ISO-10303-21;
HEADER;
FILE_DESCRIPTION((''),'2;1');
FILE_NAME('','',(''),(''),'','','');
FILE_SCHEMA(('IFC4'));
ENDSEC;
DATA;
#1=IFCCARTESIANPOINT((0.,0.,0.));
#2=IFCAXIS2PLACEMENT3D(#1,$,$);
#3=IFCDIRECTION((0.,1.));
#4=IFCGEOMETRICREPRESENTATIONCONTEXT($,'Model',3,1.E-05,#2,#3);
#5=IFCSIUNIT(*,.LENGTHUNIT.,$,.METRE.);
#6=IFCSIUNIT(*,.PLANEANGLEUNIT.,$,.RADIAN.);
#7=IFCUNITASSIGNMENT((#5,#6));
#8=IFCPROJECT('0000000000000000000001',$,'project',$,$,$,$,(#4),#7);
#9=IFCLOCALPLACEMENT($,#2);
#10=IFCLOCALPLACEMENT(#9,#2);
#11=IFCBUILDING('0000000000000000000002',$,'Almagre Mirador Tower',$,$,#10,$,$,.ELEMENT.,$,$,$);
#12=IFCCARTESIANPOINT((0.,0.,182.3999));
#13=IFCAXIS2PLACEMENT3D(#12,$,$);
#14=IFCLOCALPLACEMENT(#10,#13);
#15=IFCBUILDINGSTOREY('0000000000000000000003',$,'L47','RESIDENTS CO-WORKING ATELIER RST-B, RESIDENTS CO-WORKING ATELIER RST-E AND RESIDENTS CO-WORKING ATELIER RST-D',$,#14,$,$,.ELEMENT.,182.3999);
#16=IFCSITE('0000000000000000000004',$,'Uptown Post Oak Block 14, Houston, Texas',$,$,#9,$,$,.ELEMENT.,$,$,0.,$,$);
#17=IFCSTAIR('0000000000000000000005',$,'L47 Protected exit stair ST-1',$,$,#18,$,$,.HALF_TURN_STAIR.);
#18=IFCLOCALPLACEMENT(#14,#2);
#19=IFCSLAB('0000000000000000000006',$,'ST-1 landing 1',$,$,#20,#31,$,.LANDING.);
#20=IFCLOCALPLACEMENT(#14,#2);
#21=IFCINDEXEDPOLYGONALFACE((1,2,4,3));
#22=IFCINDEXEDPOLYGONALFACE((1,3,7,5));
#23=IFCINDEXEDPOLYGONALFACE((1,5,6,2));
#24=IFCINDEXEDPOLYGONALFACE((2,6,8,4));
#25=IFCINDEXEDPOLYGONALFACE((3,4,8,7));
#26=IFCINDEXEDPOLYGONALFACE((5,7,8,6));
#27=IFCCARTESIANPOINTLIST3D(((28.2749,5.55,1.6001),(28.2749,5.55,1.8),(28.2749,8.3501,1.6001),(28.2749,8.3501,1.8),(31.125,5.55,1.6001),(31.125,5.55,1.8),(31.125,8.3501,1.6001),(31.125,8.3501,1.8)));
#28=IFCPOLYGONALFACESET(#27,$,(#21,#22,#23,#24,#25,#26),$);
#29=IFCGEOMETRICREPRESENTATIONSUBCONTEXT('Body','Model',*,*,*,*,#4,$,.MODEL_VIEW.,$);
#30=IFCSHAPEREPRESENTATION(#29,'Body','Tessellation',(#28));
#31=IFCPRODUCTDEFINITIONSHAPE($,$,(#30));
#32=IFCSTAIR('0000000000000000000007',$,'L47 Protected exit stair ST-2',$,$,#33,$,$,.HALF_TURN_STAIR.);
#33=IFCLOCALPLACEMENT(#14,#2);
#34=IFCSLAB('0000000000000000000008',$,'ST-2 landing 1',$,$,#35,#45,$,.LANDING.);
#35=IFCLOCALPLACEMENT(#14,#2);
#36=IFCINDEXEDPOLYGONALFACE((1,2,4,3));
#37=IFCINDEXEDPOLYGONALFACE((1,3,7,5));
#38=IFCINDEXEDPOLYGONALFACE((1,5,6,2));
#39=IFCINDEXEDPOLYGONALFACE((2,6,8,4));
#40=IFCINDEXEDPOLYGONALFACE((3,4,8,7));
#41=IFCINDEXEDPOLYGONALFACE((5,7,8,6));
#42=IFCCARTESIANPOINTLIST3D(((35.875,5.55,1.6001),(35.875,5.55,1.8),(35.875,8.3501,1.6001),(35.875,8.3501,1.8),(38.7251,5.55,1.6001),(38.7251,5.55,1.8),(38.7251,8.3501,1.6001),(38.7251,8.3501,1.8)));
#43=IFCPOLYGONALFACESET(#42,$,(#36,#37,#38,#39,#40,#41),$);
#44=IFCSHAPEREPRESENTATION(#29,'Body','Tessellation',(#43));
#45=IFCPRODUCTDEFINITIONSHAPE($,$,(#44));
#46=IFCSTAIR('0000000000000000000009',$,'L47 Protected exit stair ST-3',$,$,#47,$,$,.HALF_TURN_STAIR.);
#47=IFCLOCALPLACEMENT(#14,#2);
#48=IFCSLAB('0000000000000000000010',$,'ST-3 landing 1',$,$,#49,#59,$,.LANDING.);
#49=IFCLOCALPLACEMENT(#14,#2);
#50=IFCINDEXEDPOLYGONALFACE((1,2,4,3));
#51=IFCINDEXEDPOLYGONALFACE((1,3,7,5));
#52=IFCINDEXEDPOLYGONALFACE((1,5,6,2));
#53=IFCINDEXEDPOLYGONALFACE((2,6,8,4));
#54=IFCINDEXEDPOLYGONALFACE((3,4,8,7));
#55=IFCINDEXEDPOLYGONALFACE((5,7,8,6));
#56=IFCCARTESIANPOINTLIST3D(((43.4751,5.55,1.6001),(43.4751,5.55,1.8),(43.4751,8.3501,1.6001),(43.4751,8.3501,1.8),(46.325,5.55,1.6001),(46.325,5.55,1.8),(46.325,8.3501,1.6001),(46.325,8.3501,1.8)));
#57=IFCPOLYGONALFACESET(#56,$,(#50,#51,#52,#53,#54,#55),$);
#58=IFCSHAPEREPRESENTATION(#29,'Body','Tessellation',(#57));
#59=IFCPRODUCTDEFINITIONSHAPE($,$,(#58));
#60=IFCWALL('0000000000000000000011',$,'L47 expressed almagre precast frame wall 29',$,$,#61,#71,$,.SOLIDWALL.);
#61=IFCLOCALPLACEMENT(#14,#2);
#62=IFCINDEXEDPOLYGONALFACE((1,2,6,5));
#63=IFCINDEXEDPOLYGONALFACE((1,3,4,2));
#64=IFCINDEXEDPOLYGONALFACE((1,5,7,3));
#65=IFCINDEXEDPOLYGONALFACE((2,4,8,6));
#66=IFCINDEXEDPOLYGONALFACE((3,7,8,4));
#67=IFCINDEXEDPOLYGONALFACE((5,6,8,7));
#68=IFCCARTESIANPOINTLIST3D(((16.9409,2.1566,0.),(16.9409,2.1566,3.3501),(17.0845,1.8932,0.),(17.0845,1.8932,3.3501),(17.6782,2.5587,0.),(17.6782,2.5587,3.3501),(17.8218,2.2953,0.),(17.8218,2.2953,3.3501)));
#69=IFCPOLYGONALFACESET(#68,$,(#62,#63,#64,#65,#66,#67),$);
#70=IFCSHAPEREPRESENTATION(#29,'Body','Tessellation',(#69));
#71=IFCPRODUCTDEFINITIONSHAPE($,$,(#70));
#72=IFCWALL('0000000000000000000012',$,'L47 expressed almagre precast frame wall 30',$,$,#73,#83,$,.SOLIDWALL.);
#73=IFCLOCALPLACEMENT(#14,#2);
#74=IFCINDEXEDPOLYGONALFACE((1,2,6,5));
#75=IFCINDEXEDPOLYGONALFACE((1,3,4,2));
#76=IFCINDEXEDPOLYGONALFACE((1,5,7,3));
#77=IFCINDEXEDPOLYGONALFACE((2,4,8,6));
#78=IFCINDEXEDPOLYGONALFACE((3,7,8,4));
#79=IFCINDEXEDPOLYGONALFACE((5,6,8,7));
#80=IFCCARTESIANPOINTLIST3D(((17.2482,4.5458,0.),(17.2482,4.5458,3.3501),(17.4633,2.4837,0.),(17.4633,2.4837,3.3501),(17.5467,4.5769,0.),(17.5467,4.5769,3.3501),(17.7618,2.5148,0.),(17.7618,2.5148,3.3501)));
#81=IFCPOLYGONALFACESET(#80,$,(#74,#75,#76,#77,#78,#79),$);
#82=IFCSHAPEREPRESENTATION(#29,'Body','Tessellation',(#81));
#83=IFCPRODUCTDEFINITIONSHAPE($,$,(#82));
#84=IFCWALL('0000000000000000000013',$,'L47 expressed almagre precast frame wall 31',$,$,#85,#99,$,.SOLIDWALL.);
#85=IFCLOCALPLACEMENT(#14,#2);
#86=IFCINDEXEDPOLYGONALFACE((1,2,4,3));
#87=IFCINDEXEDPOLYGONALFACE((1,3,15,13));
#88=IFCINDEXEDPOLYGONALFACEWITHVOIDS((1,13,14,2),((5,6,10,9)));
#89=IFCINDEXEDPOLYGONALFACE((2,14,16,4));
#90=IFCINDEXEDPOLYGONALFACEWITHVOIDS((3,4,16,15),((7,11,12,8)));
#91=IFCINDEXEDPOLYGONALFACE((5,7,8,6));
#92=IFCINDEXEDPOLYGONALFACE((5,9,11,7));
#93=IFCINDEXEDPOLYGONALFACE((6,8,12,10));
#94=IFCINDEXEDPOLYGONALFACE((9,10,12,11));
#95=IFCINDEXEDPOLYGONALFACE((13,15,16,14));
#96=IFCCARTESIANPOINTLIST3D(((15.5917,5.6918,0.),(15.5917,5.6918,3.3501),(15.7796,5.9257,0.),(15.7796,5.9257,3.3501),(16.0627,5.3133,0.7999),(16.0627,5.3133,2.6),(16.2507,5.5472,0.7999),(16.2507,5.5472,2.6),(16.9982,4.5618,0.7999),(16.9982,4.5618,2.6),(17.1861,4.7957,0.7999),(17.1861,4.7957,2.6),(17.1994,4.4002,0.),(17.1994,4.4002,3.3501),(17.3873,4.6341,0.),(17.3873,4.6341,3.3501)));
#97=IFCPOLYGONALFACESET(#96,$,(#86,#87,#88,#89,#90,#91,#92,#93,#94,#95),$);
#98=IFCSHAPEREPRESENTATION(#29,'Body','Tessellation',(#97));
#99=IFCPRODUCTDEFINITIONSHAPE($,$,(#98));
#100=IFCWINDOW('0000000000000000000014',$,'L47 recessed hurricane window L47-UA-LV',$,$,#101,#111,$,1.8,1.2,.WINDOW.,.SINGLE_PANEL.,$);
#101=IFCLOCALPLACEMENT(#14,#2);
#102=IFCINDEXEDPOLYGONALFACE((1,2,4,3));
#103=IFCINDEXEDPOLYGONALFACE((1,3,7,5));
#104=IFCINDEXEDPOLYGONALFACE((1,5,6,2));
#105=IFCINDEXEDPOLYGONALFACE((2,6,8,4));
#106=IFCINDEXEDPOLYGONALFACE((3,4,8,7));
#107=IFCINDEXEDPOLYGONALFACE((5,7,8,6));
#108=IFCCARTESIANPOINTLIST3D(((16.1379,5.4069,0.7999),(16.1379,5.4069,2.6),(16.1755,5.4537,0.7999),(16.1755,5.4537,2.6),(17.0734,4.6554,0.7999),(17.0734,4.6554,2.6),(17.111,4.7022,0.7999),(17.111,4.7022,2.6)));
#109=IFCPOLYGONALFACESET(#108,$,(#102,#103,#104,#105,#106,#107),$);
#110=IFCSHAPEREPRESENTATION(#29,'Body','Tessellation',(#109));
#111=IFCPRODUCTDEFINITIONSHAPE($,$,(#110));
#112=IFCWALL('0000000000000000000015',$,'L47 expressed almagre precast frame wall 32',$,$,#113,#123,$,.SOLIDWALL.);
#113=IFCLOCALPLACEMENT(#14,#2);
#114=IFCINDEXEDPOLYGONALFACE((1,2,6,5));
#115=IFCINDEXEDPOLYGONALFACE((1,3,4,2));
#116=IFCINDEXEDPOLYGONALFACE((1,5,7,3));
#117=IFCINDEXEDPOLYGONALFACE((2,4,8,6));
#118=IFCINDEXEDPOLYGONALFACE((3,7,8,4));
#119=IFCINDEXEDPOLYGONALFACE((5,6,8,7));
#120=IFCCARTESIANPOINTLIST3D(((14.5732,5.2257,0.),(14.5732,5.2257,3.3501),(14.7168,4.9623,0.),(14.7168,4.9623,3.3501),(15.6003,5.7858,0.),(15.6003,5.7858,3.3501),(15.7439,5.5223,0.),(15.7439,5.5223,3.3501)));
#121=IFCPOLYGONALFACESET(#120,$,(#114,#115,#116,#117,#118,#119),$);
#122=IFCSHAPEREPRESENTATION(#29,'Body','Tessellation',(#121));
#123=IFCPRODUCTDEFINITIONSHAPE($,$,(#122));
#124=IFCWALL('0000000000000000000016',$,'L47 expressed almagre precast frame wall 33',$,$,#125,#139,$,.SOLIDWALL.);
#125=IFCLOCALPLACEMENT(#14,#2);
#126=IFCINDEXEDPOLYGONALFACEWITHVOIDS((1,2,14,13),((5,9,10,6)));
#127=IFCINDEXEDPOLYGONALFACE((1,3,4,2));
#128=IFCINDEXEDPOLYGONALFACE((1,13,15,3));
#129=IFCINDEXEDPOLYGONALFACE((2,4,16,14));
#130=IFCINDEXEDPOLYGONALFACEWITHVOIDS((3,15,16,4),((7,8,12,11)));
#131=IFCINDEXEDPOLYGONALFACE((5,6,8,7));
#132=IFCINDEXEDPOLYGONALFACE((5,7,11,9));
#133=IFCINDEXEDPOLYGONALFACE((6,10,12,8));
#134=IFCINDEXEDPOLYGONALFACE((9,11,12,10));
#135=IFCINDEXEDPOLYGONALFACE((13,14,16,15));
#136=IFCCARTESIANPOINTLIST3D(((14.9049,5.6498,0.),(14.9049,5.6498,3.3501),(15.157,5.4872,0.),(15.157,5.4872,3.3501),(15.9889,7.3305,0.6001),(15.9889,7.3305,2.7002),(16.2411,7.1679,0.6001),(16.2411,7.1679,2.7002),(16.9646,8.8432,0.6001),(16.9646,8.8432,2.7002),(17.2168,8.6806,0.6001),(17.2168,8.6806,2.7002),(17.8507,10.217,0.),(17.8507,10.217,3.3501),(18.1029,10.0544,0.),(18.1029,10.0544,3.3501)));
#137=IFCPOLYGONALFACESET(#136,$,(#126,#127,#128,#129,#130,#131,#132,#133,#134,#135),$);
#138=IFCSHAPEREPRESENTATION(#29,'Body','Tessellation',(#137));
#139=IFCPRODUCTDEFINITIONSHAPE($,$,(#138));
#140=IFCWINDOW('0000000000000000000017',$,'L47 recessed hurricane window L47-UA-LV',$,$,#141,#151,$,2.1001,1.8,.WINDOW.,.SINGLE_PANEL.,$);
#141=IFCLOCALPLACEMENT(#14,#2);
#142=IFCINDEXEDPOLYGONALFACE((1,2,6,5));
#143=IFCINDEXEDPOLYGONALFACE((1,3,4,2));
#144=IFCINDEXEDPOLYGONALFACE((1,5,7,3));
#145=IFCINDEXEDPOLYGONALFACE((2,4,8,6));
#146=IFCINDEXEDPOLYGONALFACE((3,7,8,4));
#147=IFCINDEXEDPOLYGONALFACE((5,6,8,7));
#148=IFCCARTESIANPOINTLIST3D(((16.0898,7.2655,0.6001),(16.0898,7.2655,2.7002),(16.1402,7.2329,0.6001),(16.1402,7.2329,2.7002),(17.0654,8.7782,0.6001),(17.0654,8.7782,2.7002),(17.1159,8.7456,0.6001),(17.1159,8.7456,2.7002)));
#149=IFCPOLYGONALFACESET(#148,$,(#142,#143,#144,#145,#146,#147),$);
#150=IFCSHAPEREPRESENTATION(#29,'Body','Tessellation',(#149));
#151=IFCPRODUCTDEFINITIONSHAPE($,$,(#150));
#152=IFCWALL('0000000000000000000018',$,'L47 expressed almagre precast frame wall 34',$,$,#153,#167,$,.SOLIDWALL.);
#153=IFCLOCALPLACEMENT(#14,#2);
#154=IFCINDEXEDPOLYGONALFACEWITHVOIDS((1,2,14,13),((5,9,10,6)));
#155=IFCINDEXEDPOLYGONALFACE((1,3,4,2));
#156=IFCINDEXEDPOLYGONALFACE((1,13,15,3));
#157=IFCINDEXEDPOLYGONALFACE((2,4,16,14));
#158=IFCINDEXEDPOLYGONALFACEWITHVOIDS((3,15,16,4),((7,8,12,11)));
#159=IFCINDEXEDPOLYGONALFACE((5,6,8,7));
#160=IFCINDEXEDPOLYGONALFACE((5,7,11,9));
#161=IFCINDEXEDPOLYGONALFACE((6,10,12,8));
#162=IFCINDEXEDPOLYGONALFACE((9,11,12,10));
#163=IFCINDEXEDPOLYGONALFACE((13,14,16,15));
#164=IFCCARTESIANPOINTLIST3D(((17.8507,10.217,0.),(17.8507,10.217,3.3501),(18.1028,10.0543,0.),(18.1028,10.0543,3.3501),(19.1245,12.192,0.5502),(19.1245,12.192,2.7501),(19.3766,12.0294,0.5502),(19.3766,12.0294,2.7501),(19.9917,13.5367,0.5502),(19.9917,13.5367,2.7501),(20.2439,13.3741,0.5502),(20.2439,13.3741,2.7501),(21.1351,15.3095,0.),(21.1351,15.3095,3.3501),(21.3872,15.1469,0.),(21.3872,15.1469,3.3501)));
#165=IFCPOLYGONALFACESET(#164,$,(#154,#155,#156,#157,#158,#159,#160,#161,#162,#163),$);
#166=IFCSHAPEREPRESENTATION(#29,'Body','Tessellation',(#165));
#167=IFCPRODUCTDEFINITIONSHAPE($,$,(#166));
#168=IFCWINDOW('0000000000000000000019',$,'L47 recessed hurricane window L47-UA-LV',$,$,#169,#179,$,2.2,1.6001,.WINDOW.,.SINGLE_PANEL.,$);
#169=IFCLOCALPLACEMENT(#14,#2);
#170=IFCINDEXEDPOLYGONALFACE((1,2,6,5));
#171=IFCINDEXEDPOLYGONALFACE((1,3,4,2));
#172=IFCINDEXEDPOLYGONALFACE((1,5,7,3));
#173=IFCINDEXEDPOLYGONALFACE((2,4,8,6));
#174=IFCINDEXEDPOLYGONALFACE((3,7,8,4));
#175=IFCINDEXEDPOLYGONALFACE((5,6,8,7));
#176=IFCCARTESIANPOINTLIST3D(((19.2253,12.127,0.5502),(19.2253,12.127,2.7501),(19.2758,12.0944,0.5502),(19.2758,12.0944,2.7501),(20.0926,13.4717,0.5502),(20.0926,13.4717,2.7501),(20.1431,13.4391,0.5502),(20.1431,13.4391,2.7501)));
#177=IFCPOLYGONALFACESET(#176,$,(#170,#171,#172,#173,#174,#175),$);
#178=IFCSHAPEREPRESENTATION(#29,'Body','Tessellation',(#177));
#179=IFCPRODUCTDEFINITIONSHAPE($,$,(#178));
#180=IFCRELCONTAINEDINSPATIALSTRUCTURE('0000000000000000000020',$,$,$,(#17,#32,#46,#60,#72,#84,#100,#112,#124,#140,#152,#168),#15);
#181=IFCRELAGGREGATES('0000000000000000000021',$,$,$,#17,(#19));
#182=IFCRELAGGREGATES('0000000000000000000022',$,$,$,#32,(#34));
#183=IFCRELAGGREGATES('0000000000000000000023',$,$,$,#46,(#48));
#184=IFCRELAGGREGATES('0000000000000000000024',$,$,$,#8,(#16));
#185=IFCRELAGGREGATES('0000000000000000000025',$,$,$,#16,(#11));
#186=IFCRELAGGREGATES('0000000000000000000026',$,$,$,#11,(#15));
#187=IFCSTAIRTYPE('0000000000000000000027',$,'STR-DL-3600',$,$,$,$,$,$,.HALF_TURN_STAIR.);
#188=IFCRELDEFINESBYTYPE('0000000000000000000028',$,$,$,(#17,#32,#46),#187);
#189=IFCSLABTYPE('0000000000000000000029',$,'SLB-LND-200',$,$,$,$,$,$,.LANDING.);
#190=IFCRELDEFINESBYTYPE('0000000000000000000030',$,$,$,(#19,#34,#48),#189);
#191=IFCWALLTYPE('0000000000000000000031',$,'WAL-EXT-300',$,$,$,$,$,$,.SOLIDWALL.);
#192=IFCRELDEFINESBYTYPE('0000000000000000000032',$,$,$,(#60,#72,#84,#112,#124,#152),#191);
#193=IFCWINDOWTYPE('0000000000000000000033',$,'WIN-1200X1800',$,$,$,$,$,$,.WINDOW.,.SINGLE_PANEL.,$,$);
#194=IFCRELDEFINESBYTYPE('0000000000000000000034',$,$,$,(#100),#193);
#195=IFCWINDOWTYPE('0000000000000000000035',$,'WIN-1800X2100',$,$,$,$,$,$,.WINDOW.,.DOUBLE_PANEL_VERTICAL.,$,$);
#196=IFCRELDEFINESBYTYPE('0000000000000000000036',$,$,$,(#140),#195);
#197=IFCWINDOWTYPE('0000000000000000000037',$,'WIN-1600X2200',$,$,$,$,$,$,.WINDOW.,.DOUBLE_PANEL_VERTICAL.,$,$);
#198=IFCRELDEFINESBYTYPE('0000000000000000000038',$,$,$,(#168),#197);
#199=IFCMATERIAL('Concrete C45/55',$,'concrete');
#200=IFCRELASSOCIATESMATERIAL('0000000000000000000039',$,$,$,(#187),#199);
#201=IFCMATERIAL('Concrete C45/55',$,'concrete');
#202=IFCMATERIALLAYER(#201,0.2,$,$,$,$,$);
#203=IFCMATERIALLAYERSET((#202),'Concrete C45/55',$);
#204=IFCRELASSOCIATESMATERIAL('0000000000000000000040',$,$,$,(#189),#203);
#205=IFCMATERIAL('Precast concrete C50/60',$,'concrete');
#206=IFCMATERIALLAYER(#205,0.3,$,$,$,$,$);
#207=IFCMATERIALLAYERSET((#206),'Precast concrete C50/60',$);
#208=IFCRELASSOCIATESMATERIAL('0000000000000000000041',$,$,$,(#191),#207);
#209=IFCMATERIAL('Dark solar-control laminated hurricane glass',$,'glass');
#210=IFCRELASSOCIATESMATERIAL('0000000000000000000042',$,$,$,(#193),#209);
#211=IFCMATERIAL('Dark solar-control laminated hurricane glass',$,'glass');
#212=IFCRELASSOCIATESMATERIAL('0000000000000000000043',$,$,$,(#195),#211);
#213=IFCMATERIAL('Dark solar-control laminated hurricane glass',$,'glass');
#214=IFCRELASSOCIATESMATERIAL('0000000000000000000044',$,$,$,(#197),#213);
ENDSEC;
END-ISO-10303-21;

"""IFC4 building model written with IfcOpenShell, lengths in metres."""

from ifc_helpers import new_model, si_unit, direction, frame, frame_2d, origin, place, context, subcontext, project, spatial, polyline, rectangle, outline, extrude, material, layer, layer_set, type_object, element, fill, aggregate, save


model = new_model("IFC4")

# Units and contexts
model_context = context("Model", 3, precision=1e-05, world=origin(), true_north=direction((0.0, 1.0)))
body_context = subcontext(model_context, "Body", "Model", "MODEL_VIEW")
ifc_project = project(units=[si_unit("LENGTHUNIT", "METRE"), si_unit("PLANEANGLEUNIT", "RADIAN")], contexts=[model_context])

# Site, building, storey
site_placement = place(None, origin())
site = spatial("IfcSite", under=ifc_project, at=site_placement, Name="Uptown Post Oak Block 14, Houston, Texas", CompositionType="ELEMENT", RefElevation=0.0)
building_placement = place(site_placement, origin())
building = spatial("IfcBuilding", under=site, at=building_placement, Name="Almagre Mirador Tower", CompositionType="ELEMENT")
storey_placement = place(building_placement, frame((0.0, 0.0, 182.3999)))
storey = spatial("IfcBuildingStorey", under=building, at=storey_placement, Name="L47", Description="RESIDENTS CO-WORKING ATELIER RST-B, RESIDENTS CO-WORKING ATELIER RST-E AND RESIDENTS CO-WORKING ATELIER RST-D", CompositionType="ELEMENT", Elevation=182.3999)

# Stairs, slabs
ifc_material_1 = material(Name="Concrete C45/55", Category="concrete")
stair_type = type_object("IfcStairType", Name="STR-DL-3600", PredefinedType="HALF_TURN_STAIR", material=ifc_material_1)
stair_1_placement = place(storey_placement, origin())
stair_1 = element("IfcStair", 1, at=stair_1_placement, inside=storey, type_object=stair_type, Name="L47 Protected exit stair ST-1", PredefinedType="HALF_TURN_STAIR")
ifc_material_2 = material(Name="Concrete C45/55", Category="concrete")
ifc_layer_1 = layer(ifc_material_2, 0.2)
ifc_layer_set_1 = layer_set([ifc_layer_1], Name="Concrete C45/55")
slab_type_1 = type_object("IfcSlabType", Name="SLB-LND-200", PredefinedType="LANDING", material=ifc_layer_set_1)
slab_1_placement = place(storey_placement, frame((0.0, 0.0, 1.6001)))
slab_1 = element("IfcSlab", 2, at=slab_1_placement, type_object=slab_type_1, Name="ST-1 landing 1", PredefinedType="LANDING", context=body_context, shape_type="SweptSolid", body=[
    extrude(outline(polyline([(28.2749, 8.3501), (28.2749, 5.55), (31.125, 5.55), (31.125, 8.3501), (28.2749, 8.3501)])), origin(), (0.0, 0.0, 1.0), 0.2),
])
aggregate(stair_1, [slab_1])
stair_2_placement = place(storey_placement, origin())
stair_2 = element("IfcStair", 3, at=stair_2_placement, inside=storey, type_object=stair_type, Name="L47 Protected exit stair ST-2", PredefinedType="HALF_TURN_STAIR")
slab_2_placement = place(storey_placement, frame((0.0, 0.0, 1.6001)))
slab_2 = element("IfcSlab", 4, at=slab_2_placement, type_object=slab_type_1, Name="ST-2 landing 1", PredefinedType="LANDING", context=body_context, shape_type="SweptSolid", body=[
    extrude(outline(polyline([(35.875, 8.3501), (35.875, 5.55), (38.7251, 5.55), (38.7251, 8.3501), (35.875, 8.3501)])), origin(), (0.0, 0.0, 1.0), 0.2),
])
aggregate(stair_2, [slab_2])
stair_3_placement = place(storey_placement, origin())
stair_3 = element("IfcStair", 5, at=stair_3_placement, inside=storey, type_object=stair_type, Name="L47 Protected exit stair ST-3", PredefinedType="HALF_TURN_STAIR")
slab_3_placement = place(storey_placement, frame((0.0, 0.0, 1.6001)))
slab_3 = element("IfcSlab", 6, at=slab_3_placement, type_object=slab_type_1, Name="ST-3 landing 1", PredefinedType="LANDING", context=body_context, shape_type="SweptSolid", body=[
    extrude(outline(polyline([(43.4751, 8.3501), (43.4751, 5.55), (46.325, 5.55), (46.325, 8.3501), (43.4751, 8.3501)])), origin(), (0.0, 0.0, 1.0), 0.2),
])
aggregate(stair_3, [slab_3])

# Walls
ifc_material_3 = material(Name="Precast concrete C50/60", Category="concrete")
ifc_layer_2 = layer(ifc_material_3, 0.3)
ifc_layer_set_2 = layer_set([ifc_layer_2], Name="Precast concrete C50/60")
wall_type_1 = type_object("IfcWallType", Name="WAL-EXT-300", PredefinedType="SOLIDWALL", material=ifc_layer_set_2)
wall_1_placement = place(storey_placement, frame((17.0127, 2.0249, 0.0), z_axis=(0.0, 0.0, 1.0), x_axis=(0.877929, 0.478791, 0.0)))
element("IfcWall", 7, at=wall_1_placement, inside=storey, type_object=wall_type_1, Name="L47 expressed almagre precast frame wall 29", PredefinedType="SOLIDWALL", context=body_context, shape_type="SweptSolid", body=[
    extrude(rectangle(XDim=0.8398, YDim=0.3, at=frame_2d((0.4199, 0.0))), origin(), (0.0, 0.0, 1.0), 3.3501),
])
wall_2_placement = place(storey_placement, frame((17.6125, 2.4993, 0.0), z_axis=(0.0, 0.0, 1.0), x_axis=(-0.103747, 0.994604, 0.0)))
element("IfcWall", 8, at=wall_2_placement, inside=storey, type_object=wall_type_1, Name="L47 expressed almagre precast frame wall 30", PredefinedType="SOLIDWALL", context=body_context, shape_type="SweptSolid", body=[
    extrude(rectangle(XDim=2.0732, YDim=0.3, at=frame_2d((1.0366, 0.0))), origin(), (0.0, 0.0, 1.0), 3.3501),
])

# Wall, opening, window
wall_3_placement = place(storey_placement, frame((17.2935, 4.5171, 0.0), z_axis=(0.0, 0.0, 1.0), x_axis=(-0.779597, 0.626282, 0.0)))
wall_3 = element("IfcWall", 9, at=wall_3_placement, inside=storey, type_object=wall_type_1, Name="L47 expressed almagre precast frame wall 31", PredefinedType="SOLIDWALL", context=body_context, shape_type="SweptSolid", body=[
    extrude(rectangle(XDim=2.0623, YDim=0.3, at=frame_2d((1.0312, 0.0))), origin(), (0.0, 0.0, 1.0), 3.3501),
])
opening_1_placement = place(wall_3_placement, frame((0.2581, 0.0, 0.8)))
opening_1 = element("IfcOpeningElement", 10, at=opening_1_placement, cuts=wall_3, PredefinedType="OPENING", context=body_context, shape_type="SweptSolid", body=[
    extrude(rectangle(XDim=1.2, YDim=1.8, at=frame_2d((0.6001, 0.8999))), frame((0.0, 0.1599, 0.0), z_axis=(0.0, -1.0, 0.0), x_axis=(1.0, 0.0, 0.0)), (0.0, 0.0, 1.0), 0.32),
])
ifc_material_4 = material(Name="Dark solar-control laminated hurricane glass", Category="glass")
window_type_1 = type_object("IfcWindowType", Name="WIN-1200X1800", PartitioningType="SINGLE_PANEL", PredefinedType="WINDOW", material=ifc_material_4)
window_1_placement = place(opening_1_placement, origin())
window_1 = element("IfcWindow", 11, at=window_1_placement, inside=storey, type_object=window_type_1, Name="L47 recessed hurricane window L47-UA-LV", OverallHeight=1.8, OverallWidth=1.2, PartitioningType="SINGLE_PANEL", PredefinedType="WINDOW", context=body_context, shape_type="SweptSolid", body=[
    extrude(rectangle(XDim=1.2, YDim=1.8, at=frame_2d((0.6001, 0.8999))), frame((0.0, 0.03, 0.0), z_axis=(0.0, -1.0, 0.0), x_axis=(1.0, 0.0, 0.0)), (0.0, 0.0, 1.0), 0.0601),
])
fill(opening_1, window_1)

# Wall
wall_4_placement = place(storey_placement, frame((15.6721, 5.6541, 0.0), z_axis=(0.0, 0.0, 1.0), x_axis=(-0.877959, -0.478735, 0.0)))
element("IfcWall", 12, at=wall_4_placement, inside=storey, type_object=wall_type_1, Name="L47 expressed almagre precast frame wall 32", PredefinedType="SOLIDWALL", context=body_context, shape_type="SweptSolid", body=[
    extrude(rectangle(XDim=1.1699, YDim=0.3, at=frame_2d((0.585, 0.0))), origin(), (0.0, 0.0, 1.0), 3.3501),
])

# Walls, openings, windows
wall_5_placement = place(storey_placement, frame((15.031, 5.5686, 0.0), z_axis=(0.0, 0.0, 1.0), x_axis=(0.542031, 0.840359, 0.0)))
wall_5 = element("IfcWall", 13, at=wall_5_placement, inside=storey, type_object=wall_type_1, Name="L47 expressed almagre precast frame wall 33", PredefinedType="SOLIDWALL", context=body_context, shape_type="SweptSolid", body=[
    extrude(rectangle(XDim=5.4348, YDim=0.3, at=frame_2d((2.7173, 0.0))), origin(), (0.0, 0.0, 1.0), 3.3501),
])
opening_2_placement = place(wall_5_placement, frame((2.0, 0.0, 0.6001)))
opening_2 = element("IfcOpeningElement", 14, at=opening_2_placement, cuts=wall_5, PredefinedType="OPENING", context=body_context, shape_type="SweptSolid", body=[
    extrude(rectangle(XDim=1.8, YDim=2.1001, at=frame_2d((0.8999, 1.05))), frame((0.0, 0.1599, 0.0), z_axis=(0.0, -1.0, 0.0), x_axis=(1.0, 0.0, 0.0)), (0.0, 0.0, 1.0), 0.32),
])
ifc_material_5 = material(Name="Dark solar-control laminated hurricane glass", Category="glass")
window_type_2 = type_object("IfcWindowType", Name="WIN-1800X2100", PartitioningType="DOUBLE_PANEL_VERTICAL", PredefinedType="WINDOW", material=ifc_material_5)
window_2_placement = place(opening_2_placement, origin())
window_2 = element("IfcWindow", 15, at=window_2_placement, inside=storey, type_object=window_type_2, Name="L47 recessed hurricane window L47-UA-LV", OverallHeight=2.1001, OverallWidth=1.8, PartitioningType="SINGLE_PANEL", PredefinedType="WINDOW", context=body_context, shape_type="SweptSolid", body=[
    extrude(rectangle(XDim=1.8, YDim=2.1001, at=frame_2d((0.8999, 1.05))), frame((0.0, 0.03, 0.0), z_axis=(0.0, -1.0, 0.0), x_axis=(1.0, 0.0, 0.0)), (0.0, 0.0, 1.0), 0.0601),
])
fill(opening_2, window_2)
wall_6_placement = place(storey_placement, frame((17.9768, 10.1357, 0.0), z_axis=(0.0, 0.0, 1.0), x_axis=(0.542001, 0.840378, 0.0)))
wall_6 = element("IfcWall", 16, at=wall_6_placement, inside=storey, type_object=wall_type_1, Name="L47 expressed almagre precast frame wall 34", PredefinedType="SOLIDWALL", context=body_context, shape_type="SweptSolid", body=[
    extrude(rectangle(XDim=6.0598, YDim=0.3, at=frame_2d((3.0298, 0.0))), origin(), (0.0, 0.0, 1.0), 3.3501),
])
opening_3_placement = place(wall_6_placement, frame((2.3501, 0.0, 0.55)))
opening_3 = element("IfcOpeningElement", 17, at=opening_3_placement, cuts=wall_6, PredefinedType="OPENING", context=body_context, shape_type="SweptSolid", body=[
    extrude(rectangle(XDim=1.6001, YDim=2.2, at=frame_2d((0.8, 1.1001))), frame((0.0, 0.1599, 0.0), z_axis=(0.0, -1.0, 0.0), x_axis=(1.0, 0.0, 0.0)), (0.0, 0.0, 1.0), 0.32),
])
ifc_material_6 = material(Name="Dark solar-control laminated hurricane glass", Category="glass")
window_type_3 = type_object("IfcWindowType", Name="WIN-1600X2200", PartitioningType="DOUBLE_PANEL_VERTICAL", PredefinedType="WINDOW", material=ifc_material_6)
window_3_placement = place(opening_3_placement, origin())
window_3 = element("IfcWindow", 18, at=window_3_placement, inside=storey, type_object=window_type_3, Name="L47 recessed hurricane window L47-UA-LV", OverallHeight=2.2, OverallWidth=1.6001, PartitioningType="SINGLE_PANEL", PredefinedType="WINDOW", context=body_context, shape_type="SweptSolid", body=[
    extrude(rectangle(XDim=1.6001, YDim=2.2, at=frame_2d((0.8, 1.1001))), frame((0.0, 0.03, 0.0), z_axis=(0.0, -1.0, 0.0), x_axis=(1.0, 0.0, 0.0)), (0.0, 0.0, 1.0), 0.0601),
])
fill(opening_3, window_3)

save(model, "model.ifc")
